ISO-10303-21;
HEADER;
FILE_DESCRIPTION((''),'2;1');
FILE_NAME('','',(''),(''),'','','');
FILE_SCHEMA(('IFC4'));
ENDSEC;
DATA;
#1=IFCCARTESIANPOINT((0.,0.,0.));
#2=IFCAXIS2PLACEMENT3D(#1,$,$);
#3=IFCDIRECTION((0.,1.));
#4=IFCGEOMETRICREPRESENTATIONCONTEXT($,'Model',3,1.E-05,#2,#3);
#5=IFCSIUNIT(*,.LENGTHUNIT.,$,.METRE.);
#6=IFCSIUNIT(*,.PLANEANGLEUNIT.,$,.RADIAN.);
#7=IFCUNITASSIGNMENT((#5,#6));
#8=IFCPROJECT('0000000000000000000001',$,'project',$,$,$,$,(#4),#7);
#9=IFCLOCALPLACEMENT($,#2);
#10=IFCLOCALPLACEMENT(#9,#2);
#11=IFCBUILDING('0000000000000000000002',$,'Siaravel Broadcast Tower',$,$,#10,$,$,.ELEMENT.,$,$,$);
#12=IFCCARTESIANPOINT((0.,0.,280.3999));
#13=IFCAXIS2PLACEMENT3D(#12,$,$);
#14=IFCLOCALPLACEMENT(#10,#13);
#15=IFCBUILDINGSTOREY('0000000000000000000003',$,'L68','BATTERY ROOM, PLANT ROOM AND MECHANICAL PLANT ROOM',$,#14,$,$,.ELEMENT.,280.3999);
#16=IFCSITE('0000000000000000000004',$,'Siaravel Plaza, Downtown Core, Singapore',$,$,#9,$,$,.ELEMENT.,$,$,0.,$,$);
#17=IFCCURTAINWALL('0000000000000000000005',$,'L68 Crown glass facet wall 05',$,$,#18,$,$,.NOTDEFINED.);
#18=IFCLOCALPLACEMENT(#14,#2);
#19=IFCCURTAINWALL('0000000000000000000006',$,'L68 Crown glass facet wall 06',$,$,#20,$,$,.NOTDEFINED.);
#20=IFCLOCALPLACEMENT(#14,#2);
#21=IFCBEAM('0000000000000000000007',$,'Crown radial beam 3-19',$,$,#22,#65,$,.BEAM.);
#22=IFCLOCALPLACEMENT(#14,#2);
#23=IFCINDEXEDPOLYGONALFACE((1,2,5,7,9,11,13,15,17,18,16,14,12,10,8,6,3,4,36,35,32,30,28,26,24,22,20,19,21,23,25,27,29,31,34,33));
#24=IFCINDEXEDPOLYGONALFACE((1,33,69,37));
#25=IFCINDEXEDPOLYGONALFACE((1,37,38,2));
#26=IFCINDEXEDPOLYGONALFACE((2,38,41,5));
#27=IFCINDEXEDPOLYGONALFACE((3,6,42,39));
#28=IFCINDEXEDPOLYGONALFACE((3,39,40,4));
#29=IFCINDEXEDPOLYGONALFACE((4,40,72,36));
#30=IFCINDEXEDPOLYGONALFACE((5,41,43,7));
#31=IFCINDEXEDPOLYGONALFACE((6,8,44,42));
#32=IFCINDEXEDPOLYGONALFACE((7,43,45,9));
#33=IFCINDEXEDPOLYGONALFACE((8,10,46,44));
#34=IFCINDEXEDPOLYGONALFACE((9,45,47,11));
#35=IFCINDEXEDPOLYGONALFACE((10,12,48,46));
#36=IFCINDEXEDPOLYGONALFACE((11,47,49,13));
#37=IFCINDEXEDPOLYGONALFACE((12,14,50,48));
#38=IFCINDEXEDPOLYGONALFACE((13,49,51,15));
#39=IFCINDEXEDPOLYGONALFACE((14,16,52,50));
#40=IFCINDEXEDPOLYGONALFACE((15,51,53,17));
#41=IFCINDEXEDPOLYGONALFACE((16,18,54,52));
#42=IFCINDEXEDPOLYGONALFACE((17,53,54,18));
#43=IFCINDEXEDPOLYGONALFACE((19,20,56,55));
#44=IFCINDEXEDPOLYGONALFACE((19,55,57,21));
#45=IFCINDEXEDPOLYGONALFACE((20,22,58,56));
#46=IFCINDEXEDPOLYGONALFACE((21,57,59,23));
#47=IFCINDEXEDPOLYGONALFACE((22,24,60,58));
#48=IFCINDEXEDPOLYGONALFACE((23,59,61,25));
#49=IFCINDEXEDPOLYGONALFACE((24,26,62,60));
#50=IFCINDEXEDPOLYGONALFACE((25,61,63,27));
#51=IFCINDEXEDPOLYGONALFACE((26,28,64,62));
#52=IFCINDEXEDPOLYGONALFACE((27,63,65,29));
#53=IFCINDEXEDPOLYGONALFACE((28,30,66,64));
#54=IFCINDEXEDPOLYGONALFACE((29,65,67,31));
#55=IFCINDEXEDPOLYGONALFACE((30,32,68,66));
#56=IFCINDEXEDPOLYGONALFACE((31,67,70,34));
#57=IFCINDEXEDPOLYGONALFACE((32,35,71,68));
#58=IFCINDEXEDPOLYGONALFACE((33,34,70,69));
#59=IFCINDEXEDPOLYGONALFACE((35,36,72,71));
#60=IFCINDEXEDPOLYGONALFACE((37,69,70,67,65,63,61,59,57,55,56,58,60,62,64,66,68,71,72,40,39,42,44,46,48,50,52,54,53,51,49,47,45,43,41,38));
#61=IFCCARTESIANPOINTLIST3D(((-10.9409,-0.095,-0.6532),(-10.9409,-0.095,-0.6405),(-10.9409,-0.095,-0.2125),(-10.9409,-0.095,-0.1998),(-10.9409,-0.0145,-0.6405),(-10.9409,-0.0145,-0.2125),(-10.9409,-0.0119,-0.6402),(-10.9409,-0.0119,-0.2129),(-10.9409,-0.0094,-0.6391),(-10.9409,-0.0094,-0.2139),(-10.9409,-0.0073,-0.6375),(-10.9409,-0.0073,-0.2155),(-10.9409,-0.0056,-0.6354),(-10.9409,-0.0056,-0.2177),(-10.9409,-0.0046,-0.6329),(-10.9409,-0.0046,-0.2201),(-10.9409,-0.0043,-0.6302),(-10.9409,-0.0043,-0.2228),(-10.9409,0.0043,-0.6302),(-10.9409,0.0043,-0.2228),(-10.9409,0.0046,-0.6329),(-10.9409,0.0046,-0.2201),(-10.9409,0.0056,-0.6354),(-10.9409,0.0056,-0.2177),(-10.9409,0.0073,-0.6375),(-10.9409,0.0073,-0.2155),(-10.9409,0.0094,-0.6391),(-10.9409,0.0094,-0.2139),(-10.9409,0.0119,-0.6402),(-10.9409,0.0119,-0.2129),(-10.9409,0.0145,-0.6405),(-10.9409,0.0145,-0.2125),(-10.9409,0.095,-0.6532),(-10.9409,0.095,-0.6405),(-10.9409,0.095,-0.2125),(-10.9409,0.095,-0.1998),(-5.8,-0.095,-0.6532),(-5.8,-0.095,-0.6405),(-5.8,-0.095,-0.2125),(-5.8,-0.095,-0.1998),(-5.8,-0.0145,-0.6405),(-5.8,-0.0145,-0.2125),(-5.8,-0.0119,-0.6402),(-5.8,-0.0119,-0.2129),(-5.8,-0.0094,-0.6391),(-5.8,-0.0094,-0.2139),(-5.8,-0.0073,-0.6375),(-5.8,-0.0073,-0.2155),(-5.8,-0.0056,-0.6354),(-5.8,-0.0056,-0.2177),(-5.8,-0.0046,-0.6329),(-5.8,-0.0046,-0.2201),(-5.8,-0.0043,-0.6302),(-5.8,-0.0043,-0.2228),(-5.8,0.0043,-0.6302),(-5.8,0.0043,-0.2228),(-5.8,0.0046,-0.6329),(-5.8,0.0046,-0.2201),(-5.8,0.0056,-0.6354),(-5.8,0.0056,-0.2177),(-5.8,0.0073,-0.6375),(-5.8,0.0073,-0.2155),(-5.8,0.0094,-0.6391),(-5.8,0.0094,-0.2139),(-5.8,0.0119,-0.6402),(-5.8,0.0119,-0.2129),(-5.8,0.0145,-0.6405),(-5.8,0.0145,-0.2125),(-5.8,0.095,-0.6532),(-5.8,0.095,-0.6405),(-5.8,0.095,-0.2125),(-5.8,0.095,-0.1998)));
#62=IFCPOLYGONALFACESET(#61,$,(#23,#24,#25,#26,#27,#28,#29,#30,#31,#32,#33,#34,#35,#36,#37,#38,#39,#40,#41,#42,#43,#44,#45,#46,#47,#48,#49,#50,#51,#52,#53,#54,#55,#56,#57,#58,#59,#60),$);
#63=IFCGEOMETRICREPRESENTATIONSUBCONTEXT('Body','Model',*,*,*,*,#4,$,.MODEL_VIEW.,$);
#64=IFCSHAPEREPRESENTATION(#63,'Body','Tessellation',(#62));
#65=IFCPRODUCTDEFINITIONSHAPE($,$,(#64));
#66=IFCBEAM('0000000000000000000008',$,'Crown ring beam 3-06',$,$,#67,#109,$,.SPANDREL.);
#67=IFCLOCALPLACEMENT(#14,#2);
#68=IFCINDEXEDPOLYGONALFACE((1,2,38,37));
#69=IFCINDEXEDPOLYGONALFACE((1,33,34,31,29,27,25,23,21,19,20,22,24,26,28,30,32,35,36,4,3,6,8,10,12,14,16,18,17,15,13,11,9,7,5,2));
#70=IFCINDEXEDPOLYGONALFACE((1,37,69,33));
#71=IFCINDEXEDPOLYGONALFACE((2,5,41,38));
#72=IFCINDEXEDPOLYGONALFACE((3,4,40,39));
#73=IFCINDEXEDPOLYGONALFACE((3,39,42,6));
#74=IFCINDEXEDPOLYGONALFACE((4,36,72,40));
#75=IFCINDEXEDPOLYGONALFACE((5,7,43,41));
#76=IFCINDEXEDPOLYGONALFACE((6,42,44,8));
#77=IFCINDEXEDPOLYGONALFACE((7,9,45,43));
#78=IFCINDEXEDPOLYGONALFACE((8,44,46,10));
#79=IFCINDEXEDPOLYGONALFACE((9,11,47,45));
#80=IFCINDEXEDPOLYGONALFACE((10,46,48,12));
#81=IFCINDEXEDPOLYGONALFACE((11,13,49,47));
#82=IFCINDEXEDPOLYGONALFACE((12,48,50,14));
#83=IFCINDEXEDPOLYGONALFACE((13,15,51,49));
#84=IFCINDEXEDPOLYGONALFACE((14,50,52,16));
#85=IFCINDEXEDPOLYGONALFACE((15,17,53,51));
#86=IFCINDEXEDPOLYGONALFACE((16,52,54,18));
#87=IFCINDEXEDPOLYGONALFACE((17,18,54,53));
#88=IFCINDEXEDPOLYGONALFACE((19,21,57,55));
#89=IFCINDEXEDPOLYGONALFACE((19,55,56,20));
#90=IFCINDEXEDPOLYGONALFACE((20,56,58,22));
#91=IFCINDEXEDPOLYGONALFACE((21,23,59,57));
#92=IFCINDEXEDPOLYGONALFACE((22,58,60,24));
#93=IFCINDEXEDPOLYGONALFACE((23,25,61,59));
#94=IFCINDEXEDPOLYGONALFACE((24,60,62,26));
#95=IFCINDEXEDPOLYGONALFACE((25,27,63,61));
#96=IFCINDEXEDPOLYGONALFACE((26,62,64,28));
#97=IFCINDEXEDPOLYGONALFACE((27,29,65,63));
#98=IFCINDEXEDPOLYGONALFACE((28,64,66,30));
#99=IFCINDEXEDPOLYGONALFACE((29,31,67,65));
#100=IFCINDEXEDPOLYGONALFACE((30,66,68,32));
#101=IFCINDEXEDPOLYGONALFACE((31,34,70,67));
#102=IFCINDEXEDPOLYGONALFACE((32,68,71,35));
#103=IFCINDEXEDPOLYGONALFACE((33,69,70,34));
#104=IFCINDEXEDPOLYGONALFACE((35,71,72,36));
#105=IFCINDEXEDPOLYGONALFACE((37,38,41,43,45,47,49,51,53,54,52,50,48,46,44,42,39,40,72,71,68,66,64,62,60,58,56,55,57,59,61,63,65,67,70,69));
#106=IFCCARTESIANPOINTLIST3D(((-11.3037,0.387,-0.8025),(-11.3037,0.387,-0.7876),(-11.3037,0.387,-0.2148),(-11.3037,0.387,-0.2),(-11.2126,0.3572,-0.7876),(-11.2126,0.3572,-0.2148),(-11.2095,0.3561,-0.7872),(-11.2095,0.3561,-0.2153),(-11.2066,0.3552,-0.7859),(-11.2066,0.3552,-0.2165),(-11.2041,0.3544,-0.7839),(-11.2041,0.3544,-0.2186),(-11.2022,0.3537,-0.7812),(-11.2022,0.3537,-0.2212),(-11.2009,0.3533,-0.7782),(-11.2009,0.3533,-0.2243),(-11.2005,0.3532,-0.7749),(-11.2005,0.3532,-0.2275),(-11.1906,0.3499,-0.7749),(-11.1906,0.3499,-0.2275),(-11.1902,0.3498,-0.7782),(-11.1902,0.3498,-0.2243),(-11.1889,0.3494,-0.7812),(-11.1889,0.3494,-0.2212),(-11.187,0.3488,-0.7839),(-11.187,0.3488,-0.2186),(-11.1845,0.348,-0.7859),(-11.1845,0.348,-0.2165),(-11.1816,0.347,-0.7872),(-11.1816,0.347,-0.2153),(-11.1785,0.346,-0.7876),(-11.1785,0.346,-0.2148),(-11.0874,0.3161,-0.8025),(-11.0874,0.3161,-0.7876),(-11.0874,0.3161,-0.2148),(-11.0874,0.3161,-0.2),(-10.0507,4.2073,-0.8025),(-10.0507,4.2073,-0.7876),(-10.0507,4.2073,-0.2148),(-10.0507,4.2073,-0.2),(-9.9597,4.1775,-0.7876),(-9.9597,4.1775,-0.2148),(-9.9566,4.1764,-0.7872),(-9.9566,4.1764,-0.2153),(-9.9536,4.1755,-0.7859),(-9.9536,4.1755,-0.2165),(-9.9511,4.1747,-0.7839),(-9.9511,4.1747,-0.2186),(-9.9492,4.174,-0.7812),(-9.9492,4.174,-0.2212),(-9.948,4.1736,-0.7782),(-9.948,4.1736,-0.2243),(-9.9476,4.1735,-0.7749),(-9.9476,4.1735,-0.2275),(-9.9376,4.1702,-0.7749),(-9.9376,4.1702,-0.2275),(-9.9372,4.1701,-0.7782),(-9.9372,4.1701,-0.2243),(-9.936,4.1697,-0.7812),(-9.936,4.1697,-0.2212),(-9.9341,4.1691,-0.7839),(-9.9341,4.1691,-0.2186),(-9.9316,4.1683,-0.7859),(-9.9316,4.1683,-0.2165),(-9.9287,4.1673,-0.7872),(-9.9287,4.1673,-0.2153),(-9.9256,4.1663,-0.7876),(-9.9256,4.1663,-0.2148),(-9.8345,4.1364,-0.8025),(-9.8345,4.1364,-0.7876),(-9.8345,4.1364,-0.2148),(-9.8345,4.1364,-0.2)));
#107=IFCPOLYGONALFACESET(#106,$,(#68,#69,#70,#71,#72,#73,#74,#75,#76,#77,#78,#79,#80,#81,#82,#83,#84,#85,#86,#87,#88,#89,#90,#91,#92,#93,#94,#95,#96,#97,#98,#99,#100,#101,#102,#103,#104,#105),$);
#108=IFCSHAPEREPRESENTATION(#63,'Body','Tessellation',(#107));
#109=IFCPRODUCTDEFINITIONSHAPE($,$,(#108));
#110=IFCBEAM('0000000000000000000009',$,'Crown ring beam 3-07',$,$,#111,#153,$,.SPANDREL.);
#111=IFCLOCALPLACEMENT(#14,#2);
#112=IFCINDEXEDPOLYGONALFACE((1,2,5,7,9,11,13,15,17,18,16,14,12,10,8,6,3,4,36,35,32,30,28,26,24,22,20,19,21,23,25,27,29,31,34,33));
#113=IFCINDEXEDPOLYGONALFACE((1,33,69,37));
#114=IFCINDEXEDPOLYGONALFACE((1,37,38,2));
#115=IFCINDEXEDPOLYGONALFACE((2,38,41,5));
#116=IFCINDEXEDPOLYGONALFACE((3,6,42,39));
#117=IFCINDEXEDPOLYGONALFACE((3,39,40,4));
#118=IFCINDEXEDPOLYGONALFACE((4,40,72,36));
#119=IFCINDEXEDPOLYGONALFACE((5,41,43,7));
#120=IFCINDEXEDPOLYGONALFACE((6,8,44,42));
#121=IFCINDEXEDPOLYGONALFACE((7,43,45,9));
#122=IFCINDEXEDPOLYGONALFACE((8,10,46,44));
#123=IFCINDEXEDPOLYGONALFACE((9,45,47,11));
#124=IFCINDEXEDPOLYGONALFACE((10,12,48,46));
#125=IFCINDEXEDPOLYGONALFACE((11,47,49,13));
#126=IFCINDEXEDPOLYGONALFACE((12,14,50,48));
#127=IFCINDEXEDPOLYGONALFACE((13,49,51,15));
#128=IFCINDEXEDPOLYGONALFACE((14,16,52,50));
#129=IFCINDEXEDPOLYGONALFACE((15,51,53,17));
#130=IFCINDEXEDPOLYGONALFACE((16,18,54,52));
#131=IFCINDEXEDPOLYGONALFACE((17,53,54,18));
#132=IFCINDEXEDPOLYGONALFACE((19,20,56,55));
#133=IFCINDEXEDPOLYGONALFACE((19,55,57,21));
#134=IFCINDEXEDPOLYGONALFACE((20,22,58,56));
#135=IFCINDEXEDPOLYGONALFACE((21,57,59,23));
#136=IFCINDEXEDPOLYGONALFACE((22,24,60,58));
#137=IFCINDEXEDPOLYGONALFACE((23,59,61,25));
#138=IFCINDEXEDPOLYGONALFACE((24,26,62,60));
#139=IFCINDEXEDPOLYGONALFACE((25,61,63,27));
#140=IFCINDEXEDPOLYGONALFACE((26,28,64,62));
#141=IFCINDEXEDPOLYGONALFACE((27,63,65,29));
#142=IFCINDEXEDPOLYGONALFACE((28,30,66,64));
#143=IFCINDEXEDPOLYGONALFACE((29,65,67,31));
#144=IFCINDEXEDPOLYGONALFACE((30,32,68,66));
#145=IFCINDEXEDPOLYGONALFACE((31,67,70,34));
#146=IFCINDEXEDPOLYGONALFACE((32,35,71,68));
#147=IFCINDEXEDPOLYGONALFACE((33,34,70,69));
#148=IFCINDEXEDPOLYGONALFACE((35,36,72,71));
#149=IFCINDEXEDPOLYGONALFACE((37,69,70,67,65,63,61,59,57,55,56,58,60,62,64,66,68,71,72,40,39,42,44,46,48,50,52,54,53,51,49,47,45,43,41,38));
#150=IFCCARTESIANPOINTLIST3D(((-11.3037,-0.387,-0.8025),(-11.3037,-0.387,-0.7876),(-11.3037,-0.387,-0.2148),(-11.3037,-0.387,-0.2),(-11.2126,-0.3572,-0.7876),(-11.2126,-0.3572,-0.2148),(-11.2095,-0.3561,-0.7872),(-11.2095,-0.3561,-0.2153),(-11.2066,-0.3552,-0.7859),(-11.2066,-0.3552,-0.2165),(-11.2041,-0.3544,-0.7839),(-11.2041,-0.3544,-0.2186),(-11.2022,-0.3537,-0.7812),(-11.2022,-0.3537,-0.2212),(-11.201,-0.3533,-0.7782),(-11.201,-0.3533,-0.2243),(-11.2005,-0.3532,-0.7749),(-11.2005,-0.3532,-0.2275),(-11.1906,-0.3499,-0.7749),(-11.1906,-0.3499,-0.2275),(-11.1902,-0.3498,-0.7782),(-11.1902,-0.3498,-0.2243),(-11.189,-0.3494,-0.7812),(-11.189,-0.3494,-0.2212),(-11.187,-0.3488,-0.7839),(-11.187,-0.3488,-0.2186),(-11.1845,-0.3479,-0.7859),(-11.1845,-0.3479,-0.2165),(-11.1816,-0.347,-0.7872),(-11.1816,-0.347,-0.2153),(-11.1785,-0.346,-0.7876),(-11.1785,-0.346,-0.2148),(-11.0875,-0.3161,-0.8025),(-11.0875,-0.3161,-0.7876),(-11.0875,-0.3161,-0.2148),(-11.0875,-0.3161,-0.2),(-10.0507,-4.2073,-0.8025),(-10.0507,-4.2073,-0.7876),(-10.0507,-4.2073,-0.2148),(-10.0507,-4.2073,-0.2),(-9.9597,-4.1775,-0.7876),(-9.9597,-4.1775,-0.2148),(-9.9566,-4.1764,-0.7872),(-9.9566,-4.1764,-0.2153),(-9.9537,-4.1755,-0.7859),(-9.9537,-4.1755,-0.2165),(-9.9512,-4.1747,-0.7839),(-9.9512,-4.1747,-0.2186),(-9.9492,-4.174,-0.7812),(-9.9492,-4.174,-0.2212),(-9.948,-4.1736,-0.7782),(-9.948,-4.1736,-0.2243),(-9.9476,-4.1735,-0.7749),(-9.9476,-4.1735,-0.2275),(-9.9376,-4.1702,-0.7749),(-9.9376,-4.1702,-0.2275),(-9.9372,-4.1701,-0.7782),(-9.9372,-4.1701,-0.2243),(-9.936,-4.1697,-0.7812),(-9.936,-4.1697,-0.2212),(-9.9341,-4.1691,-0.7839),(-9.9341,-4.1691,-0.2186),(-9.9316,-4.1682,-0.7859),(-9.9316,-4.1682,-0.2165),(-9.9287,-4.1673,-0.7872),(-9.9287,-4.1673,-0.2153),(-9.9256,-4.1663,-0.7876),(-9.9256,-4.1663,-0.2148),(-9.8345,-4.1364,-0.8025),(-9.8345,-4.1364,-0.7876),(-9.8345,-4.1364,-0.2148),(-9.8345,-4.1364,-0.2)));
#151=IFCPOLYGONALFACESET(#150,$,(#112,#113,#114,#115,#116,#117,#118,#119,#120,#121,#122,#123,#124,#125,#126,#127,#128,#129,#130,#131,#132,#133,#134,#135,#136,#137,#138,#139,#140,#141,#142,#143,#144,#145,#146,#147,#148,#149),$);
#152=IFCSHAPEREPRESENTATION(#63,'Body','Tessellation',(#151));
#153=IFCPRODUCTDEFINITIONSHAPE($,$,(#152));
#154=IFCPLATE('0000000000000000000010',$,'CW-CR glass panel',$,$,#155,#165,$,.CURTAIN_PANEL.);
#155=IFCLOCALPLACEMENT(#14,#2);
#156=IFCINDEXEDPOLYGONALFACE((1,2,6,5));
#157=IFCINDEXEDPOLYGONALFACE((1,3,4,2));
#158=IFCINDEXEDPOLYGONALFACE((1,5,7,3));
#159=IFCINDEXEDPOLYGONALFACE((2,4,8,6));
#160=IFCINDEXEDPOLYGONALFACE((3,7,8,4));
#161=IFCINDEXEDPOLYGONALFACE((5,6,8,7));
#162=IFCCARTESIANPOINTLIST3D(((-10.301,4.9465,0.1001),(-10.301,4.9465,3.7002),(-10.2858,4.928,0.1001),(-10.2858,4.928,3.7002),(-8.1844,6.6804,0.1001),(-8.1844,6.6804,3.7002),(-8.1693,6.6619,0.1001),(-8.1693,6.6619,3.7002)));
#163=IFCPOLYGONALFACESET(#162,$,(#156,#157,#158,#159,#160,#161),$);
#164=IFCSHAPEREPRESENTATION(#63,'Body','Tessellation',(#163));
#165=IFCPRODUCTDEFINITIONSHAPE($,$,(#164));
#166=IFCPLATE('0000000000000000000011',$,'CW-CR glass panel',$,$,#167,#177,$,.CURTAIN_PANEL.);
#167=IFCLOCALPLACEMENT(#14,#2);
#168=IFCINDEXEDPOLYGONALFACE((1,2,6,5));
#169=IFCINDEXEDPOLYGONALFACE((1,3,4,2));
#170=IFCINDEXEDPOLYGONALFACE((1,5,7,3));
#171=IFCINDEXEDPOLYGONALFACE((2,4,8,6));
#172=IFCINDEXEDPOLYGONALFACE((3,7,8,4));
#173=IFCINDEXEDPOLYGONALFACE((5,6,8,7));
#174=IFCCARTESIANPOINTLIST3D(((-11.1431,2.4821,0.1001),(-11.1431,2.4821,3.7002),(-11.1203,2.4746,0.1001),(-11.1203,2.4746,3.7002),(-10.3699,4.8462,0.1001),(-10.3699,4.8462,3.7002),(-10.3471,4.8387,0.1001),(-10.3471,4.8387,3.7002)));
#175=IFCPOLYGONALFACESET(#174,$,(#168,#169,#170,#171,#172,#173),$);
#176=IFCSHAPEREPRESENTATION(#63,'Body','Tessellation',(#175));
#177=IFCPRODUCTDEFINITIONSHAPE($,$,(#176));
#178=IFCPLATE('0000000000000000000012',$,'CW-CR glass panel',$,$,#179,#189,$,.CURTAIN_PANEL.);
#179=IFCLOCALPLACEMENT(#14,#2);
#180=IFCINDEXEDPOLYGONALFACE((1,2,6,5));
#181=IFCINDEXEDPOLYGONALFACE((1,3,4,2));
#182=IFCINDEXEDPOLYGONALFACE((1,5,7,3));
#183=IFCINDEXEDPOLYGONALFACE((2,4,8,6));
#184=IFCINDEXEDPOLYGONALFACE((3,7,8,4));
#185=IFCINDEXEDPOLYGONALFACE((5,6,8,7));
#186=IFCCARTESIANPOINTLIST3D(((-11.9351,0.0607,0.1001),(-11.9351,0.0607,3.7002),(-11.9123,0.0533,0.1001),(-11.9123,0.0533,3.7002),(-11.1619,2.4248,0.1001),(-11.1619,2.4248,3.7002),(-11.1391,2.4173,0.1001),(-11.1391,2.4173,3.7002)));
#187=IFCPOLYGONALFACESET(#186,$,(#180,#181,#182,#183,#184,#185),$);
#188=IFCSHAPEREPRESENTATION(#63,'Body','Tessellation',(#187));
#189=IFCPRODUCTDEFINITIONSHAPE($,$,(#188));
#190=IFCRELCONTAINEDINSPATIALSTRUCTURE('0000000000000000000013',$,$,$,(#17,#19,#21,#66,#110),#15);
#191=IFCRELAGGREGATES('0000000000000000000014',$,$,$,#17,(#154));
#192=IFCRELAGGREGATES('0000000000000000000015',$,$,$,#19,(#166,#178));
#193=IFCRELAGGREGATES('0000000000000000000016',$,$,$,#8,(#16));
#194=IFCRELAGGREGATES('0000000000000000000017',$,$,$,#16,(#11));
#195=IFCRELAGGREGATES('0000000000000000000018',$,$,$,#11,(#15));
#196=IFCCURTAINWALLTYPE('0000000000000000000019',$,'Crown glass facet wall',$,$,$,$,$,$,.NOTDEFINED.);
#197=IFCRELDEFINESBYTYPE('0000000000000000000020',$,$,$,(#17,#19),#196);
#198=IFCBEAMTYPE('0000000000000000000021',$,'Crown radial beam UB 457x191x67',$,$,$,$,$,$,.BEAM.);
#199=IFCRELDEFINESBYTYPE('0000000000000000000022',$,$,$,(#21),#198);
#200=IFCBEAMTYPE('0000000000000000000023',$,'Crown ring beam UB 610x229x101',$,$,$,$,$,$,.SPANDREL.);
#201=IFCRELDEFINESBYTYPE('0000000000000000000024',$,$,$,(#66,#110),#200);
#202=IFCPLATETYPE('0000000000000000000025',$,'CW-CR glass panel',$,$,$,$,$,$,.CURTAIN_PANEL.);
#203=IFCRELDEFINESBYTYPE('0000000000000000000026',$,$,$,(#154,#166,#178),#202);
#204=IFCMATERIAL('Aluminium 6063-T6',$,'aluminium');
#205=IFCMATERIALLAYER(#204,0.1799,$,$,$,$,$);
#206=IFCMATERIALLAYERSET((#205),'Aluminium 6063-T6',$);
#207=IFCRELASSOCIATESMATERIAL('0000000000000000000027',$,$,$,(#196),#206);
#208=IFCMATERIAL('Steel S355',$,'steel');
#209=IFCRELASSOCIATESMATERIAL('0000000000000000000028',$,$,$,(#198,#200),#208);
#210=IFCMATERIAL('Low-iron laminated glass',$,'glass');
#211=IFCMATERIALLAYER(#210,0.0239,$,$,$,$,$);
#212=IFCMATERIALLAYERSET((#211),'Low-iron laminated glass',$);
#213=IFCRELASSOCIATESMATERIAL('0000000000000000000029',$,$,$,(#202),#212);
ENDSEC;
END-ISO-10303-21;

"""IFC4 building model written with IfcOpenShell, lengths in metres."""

from ifc_helpers import new_model, si_unit, direction, frame, origin, origin_2d, place, context, subcontext, project, spatial, rectangle, i_section, extrude, material, layer, layer_set, material_profile, profile_set, type_object, element, aggregate, save


model = new_model("IFC4")

# Units and contexts
model_context = context("Model", 3, precision=1e-05, world=origin(), true_north=direction((0.0, 1.0)))
body_context = subcontext(model_context, "Body", "Model", "MODEL_VIEW")
ifc_project = project(units=[si_unit("LENGTHUNIT", "METRE"), si_unit("PLANEANGLEUNIT", "RADIAN")], contexts=[model_context])

# Site, building, storey
site_placement = place(None, origin())
site = spatial("IfcSite", under=ifc_project, at=site_placement, Name="Siaravel Plaza, Downtown Core, Singapore", CompositionType="ELEMENT", RefElevation=0.0)
building_placement = place(site_placement, origin())
building = spatial("IfcBuilding", under=site, at=building_placement, Name="Siaravel Broadcast Tower", CompositionType="ELEMENT")
storey_placement = place(building_placement, frame((0.0, 0.0, 280.3999)))
storey = spatial("IfcBuildingStorey", under=building, at=storey_placement, Name="L68", Description="BATTERY ROOM, PLANT ROOM AND MECHANICAL PLANT ROOM", CompositionType="ELEMENT", Elevation=280.3999)

# Curtain walls
ifc_material_1 = material(Name="Aluminium 6063-T6", Category="aluminium")
ifc_layer_1 = layer(ifc_material_1, 0.1799)
ifc_layer_set_1 = layer_set([ifc_layer_1], Name="Aluminium 6063-T6")
curtain_wall_type = type_object("IfcCurtainWallType", Name="Crown glass facet wall", PredefinedType="NOTDEFINED", material=ifc_layer_set_1)
curtain_wall_1_placement = place(storey_placement, origin())
curtain_wall_1 = element("IfcCurtainWall", 1, at=curtain_wall_1_placement, inside=storey, type_object=curtain_wall_type, Name="L68 Crown glass facet wall 05", PredefinedType="NOTDEFINED")
curtain_wall_2_placement = place(storey_placement, origin())
curtain_wall_2 = element("IfcCurtainWall", 2, at=curtain_wall_2_placement, inside=storey, type_object=curtain_wall_type, Name="L68 Crown glass facet wall 06", PredefinedType="NOTDEFINED")

# Beams
ifc_material_2 = material(Name="Steel S355", Category="steel")
ifc_material_profile_1 = material_profile(ifc_material_2, i_section(OverallWidth=0.1899, OverallDepth=0.4534, WebThickness=0.0085, FlangeThickness=0.0127, FilletRadius=0.0103, at=origin_2d()))
ifc_profile_set_1 = profile_set([ifc_material_profile_1], Name="Steel S355")
beam_type_1 = type_object("IfcBeamType", Name="Crown radial beam UB 457x191x67", PredefinedType="BEAM", material=ifc_profile_set_1)
beam_1_placement = place(storey_placement, frame((-10.9409, 0.0, -0.4265), z_axis=(1.0, 0.0, 0.0), x_axis=(0.0, 1.0, 0.0)))
element("IfcBeam", 3, at=beam_1_placement, inside=storey, type_object=beam_type_1, Name="Crown radial beam 3-19", PredefinedType="BEAM", context=body_context, shape_type="SweptSolid", body=[
    extrude(i_section(OverallWidth=0.1899, OverallDepth=0.4534, WebThickness=0.0085, FlangeThickness=0.0127, FilletRadius=0.0103, at=origin_2d()), origin(), (0.0, 0.0, 1.0), 5.1409),
])
ifc_material_profile_2 = material_profile(ifc_material_2, i_section(OverallWidth=0.2275, OverallDepth=0.6025, WebThickness=0.0105, FlangeThickness=0.0149, FilletRadius=0.0127, at=origin_2d()))
ifc_profile_set_2 = profile_set([ifc_material_profile_2], Name="Steel S355")
beam_type_2 = type_object("IfcBeamType", Name="Crown ring beam UB 610x229x101", PredefinedType="SPANDREL", material=ifc_profile_set_2)
for number, where, z_axis, x_axis, name in (
    (4, (-9.9426, 4.1719, -0.5012), (-0.311633, -0.950202, 0.0), (0.950202, -0.311633, 0.0), "Crown ring beam 3-06"),
    (5, (-11.1956, -0.3516, -0.5012), (0.311633, -0.950202, 0.0), (0.950202, 0.311633, 0.0), "Crown ring beam 3-07"),
):
    element("IfcBeam", number, at=place(storey_placement, frame(where, z_axis=z_axis, x_axis=x_axis)), inside=storey, type_object=beam_type_2, Name=name, PredefinedType="SPANDREL", context=body_context, shape_type="SweptSolid", body=[
        extrude(i_section(OverallWidth=0.2275, OverallDepth=0.6025, WebThickness=0.0105, FlangeThickness=0.0149, FilletRadius=0.0127, at=origin_2d()), origin(), (0.0, 0.0, 1.0), 4.0205),
    ])

# Plates
ifc_material_3 = material(Name="Low-iron laminated glass", Category="glass")
ifc_layer_2 = layer(ifc_material_3, 0.0239)
ifc_layer_set_2 = layer_set([ifc_layer_2], Name="Low-iron laminated glass")
plate_type = type_object("IfcPlateType", Name="CW-CR glass panel", PredefinedType="CURTAIN_PANEL", material=ifc_layer_set_2)
plate_1_placement = place(storey_placement, frame((-9.2351, 5.8042, 0.1001), z_axis=(0.0, 0.0, 1.0), x_axis=(-0.773568, -0.633713, 0.0)))
plate_1 = element("IfcPlate", 6, at=plate_1_placement, type_object=plate_type, Name="CW-CR glass panel", PredefinedType="CURTAIN_PANEL", context=body_context, shape_type="SweptSolid", body=[
    extrude(rectangle(XDim=2.7361, YDim=0.0239, at=origin_2d()), origin(), (0.0, 0.0, 1.0), 3.6001),
])
aggregate(curtain_wall_1, [plate_1])
plate_2_placement = place(storey_placement, frame((-10.7451, 3.6604, 0.1001), z_axis=(0.0, 0.0, 1.0), x_axis=(-0.310859, -0.950456, 0.0)))
plate_2 = element("IfcPlate", 7, at=plate_2_placement, type_object=plate_type, Name="CW-CR glass panel", PredefinedType="CURTAIN_PANEL", context=body_context, shape_type="SweptSolid", body=[
    extrude(rectangle(XDim=2.4873, YDim=0.0239, at=origin_2d()), origin(), (0.0, 0.0, 1.0), 3.6001),
])
plate_3_placement = place(storey_placement, frame((-11.5371, 1.239, 0.1001), z_axis=(0.0, 0.0, 1.0), x_axis=(-0.310859, -0.950456, 0.0)))
plate_3 = element("IfcPlate", 8, at=plate_3_placement, type_object=plate_type, Name="CW-CR glass panel", PredefinedType="CURTAIN_PANEL", context=body_context, shape_type="SweptSolid", body=[
    extrude(rectangle(XDim=2.4873, YDim=0.0239, at=origin_2d()), origin(), (0.0, 0.0, 1.0), 3.6001),
])
aggregate(curtain_wall_2, [plate_2, plate_3])

save(model, "model.ifc")
